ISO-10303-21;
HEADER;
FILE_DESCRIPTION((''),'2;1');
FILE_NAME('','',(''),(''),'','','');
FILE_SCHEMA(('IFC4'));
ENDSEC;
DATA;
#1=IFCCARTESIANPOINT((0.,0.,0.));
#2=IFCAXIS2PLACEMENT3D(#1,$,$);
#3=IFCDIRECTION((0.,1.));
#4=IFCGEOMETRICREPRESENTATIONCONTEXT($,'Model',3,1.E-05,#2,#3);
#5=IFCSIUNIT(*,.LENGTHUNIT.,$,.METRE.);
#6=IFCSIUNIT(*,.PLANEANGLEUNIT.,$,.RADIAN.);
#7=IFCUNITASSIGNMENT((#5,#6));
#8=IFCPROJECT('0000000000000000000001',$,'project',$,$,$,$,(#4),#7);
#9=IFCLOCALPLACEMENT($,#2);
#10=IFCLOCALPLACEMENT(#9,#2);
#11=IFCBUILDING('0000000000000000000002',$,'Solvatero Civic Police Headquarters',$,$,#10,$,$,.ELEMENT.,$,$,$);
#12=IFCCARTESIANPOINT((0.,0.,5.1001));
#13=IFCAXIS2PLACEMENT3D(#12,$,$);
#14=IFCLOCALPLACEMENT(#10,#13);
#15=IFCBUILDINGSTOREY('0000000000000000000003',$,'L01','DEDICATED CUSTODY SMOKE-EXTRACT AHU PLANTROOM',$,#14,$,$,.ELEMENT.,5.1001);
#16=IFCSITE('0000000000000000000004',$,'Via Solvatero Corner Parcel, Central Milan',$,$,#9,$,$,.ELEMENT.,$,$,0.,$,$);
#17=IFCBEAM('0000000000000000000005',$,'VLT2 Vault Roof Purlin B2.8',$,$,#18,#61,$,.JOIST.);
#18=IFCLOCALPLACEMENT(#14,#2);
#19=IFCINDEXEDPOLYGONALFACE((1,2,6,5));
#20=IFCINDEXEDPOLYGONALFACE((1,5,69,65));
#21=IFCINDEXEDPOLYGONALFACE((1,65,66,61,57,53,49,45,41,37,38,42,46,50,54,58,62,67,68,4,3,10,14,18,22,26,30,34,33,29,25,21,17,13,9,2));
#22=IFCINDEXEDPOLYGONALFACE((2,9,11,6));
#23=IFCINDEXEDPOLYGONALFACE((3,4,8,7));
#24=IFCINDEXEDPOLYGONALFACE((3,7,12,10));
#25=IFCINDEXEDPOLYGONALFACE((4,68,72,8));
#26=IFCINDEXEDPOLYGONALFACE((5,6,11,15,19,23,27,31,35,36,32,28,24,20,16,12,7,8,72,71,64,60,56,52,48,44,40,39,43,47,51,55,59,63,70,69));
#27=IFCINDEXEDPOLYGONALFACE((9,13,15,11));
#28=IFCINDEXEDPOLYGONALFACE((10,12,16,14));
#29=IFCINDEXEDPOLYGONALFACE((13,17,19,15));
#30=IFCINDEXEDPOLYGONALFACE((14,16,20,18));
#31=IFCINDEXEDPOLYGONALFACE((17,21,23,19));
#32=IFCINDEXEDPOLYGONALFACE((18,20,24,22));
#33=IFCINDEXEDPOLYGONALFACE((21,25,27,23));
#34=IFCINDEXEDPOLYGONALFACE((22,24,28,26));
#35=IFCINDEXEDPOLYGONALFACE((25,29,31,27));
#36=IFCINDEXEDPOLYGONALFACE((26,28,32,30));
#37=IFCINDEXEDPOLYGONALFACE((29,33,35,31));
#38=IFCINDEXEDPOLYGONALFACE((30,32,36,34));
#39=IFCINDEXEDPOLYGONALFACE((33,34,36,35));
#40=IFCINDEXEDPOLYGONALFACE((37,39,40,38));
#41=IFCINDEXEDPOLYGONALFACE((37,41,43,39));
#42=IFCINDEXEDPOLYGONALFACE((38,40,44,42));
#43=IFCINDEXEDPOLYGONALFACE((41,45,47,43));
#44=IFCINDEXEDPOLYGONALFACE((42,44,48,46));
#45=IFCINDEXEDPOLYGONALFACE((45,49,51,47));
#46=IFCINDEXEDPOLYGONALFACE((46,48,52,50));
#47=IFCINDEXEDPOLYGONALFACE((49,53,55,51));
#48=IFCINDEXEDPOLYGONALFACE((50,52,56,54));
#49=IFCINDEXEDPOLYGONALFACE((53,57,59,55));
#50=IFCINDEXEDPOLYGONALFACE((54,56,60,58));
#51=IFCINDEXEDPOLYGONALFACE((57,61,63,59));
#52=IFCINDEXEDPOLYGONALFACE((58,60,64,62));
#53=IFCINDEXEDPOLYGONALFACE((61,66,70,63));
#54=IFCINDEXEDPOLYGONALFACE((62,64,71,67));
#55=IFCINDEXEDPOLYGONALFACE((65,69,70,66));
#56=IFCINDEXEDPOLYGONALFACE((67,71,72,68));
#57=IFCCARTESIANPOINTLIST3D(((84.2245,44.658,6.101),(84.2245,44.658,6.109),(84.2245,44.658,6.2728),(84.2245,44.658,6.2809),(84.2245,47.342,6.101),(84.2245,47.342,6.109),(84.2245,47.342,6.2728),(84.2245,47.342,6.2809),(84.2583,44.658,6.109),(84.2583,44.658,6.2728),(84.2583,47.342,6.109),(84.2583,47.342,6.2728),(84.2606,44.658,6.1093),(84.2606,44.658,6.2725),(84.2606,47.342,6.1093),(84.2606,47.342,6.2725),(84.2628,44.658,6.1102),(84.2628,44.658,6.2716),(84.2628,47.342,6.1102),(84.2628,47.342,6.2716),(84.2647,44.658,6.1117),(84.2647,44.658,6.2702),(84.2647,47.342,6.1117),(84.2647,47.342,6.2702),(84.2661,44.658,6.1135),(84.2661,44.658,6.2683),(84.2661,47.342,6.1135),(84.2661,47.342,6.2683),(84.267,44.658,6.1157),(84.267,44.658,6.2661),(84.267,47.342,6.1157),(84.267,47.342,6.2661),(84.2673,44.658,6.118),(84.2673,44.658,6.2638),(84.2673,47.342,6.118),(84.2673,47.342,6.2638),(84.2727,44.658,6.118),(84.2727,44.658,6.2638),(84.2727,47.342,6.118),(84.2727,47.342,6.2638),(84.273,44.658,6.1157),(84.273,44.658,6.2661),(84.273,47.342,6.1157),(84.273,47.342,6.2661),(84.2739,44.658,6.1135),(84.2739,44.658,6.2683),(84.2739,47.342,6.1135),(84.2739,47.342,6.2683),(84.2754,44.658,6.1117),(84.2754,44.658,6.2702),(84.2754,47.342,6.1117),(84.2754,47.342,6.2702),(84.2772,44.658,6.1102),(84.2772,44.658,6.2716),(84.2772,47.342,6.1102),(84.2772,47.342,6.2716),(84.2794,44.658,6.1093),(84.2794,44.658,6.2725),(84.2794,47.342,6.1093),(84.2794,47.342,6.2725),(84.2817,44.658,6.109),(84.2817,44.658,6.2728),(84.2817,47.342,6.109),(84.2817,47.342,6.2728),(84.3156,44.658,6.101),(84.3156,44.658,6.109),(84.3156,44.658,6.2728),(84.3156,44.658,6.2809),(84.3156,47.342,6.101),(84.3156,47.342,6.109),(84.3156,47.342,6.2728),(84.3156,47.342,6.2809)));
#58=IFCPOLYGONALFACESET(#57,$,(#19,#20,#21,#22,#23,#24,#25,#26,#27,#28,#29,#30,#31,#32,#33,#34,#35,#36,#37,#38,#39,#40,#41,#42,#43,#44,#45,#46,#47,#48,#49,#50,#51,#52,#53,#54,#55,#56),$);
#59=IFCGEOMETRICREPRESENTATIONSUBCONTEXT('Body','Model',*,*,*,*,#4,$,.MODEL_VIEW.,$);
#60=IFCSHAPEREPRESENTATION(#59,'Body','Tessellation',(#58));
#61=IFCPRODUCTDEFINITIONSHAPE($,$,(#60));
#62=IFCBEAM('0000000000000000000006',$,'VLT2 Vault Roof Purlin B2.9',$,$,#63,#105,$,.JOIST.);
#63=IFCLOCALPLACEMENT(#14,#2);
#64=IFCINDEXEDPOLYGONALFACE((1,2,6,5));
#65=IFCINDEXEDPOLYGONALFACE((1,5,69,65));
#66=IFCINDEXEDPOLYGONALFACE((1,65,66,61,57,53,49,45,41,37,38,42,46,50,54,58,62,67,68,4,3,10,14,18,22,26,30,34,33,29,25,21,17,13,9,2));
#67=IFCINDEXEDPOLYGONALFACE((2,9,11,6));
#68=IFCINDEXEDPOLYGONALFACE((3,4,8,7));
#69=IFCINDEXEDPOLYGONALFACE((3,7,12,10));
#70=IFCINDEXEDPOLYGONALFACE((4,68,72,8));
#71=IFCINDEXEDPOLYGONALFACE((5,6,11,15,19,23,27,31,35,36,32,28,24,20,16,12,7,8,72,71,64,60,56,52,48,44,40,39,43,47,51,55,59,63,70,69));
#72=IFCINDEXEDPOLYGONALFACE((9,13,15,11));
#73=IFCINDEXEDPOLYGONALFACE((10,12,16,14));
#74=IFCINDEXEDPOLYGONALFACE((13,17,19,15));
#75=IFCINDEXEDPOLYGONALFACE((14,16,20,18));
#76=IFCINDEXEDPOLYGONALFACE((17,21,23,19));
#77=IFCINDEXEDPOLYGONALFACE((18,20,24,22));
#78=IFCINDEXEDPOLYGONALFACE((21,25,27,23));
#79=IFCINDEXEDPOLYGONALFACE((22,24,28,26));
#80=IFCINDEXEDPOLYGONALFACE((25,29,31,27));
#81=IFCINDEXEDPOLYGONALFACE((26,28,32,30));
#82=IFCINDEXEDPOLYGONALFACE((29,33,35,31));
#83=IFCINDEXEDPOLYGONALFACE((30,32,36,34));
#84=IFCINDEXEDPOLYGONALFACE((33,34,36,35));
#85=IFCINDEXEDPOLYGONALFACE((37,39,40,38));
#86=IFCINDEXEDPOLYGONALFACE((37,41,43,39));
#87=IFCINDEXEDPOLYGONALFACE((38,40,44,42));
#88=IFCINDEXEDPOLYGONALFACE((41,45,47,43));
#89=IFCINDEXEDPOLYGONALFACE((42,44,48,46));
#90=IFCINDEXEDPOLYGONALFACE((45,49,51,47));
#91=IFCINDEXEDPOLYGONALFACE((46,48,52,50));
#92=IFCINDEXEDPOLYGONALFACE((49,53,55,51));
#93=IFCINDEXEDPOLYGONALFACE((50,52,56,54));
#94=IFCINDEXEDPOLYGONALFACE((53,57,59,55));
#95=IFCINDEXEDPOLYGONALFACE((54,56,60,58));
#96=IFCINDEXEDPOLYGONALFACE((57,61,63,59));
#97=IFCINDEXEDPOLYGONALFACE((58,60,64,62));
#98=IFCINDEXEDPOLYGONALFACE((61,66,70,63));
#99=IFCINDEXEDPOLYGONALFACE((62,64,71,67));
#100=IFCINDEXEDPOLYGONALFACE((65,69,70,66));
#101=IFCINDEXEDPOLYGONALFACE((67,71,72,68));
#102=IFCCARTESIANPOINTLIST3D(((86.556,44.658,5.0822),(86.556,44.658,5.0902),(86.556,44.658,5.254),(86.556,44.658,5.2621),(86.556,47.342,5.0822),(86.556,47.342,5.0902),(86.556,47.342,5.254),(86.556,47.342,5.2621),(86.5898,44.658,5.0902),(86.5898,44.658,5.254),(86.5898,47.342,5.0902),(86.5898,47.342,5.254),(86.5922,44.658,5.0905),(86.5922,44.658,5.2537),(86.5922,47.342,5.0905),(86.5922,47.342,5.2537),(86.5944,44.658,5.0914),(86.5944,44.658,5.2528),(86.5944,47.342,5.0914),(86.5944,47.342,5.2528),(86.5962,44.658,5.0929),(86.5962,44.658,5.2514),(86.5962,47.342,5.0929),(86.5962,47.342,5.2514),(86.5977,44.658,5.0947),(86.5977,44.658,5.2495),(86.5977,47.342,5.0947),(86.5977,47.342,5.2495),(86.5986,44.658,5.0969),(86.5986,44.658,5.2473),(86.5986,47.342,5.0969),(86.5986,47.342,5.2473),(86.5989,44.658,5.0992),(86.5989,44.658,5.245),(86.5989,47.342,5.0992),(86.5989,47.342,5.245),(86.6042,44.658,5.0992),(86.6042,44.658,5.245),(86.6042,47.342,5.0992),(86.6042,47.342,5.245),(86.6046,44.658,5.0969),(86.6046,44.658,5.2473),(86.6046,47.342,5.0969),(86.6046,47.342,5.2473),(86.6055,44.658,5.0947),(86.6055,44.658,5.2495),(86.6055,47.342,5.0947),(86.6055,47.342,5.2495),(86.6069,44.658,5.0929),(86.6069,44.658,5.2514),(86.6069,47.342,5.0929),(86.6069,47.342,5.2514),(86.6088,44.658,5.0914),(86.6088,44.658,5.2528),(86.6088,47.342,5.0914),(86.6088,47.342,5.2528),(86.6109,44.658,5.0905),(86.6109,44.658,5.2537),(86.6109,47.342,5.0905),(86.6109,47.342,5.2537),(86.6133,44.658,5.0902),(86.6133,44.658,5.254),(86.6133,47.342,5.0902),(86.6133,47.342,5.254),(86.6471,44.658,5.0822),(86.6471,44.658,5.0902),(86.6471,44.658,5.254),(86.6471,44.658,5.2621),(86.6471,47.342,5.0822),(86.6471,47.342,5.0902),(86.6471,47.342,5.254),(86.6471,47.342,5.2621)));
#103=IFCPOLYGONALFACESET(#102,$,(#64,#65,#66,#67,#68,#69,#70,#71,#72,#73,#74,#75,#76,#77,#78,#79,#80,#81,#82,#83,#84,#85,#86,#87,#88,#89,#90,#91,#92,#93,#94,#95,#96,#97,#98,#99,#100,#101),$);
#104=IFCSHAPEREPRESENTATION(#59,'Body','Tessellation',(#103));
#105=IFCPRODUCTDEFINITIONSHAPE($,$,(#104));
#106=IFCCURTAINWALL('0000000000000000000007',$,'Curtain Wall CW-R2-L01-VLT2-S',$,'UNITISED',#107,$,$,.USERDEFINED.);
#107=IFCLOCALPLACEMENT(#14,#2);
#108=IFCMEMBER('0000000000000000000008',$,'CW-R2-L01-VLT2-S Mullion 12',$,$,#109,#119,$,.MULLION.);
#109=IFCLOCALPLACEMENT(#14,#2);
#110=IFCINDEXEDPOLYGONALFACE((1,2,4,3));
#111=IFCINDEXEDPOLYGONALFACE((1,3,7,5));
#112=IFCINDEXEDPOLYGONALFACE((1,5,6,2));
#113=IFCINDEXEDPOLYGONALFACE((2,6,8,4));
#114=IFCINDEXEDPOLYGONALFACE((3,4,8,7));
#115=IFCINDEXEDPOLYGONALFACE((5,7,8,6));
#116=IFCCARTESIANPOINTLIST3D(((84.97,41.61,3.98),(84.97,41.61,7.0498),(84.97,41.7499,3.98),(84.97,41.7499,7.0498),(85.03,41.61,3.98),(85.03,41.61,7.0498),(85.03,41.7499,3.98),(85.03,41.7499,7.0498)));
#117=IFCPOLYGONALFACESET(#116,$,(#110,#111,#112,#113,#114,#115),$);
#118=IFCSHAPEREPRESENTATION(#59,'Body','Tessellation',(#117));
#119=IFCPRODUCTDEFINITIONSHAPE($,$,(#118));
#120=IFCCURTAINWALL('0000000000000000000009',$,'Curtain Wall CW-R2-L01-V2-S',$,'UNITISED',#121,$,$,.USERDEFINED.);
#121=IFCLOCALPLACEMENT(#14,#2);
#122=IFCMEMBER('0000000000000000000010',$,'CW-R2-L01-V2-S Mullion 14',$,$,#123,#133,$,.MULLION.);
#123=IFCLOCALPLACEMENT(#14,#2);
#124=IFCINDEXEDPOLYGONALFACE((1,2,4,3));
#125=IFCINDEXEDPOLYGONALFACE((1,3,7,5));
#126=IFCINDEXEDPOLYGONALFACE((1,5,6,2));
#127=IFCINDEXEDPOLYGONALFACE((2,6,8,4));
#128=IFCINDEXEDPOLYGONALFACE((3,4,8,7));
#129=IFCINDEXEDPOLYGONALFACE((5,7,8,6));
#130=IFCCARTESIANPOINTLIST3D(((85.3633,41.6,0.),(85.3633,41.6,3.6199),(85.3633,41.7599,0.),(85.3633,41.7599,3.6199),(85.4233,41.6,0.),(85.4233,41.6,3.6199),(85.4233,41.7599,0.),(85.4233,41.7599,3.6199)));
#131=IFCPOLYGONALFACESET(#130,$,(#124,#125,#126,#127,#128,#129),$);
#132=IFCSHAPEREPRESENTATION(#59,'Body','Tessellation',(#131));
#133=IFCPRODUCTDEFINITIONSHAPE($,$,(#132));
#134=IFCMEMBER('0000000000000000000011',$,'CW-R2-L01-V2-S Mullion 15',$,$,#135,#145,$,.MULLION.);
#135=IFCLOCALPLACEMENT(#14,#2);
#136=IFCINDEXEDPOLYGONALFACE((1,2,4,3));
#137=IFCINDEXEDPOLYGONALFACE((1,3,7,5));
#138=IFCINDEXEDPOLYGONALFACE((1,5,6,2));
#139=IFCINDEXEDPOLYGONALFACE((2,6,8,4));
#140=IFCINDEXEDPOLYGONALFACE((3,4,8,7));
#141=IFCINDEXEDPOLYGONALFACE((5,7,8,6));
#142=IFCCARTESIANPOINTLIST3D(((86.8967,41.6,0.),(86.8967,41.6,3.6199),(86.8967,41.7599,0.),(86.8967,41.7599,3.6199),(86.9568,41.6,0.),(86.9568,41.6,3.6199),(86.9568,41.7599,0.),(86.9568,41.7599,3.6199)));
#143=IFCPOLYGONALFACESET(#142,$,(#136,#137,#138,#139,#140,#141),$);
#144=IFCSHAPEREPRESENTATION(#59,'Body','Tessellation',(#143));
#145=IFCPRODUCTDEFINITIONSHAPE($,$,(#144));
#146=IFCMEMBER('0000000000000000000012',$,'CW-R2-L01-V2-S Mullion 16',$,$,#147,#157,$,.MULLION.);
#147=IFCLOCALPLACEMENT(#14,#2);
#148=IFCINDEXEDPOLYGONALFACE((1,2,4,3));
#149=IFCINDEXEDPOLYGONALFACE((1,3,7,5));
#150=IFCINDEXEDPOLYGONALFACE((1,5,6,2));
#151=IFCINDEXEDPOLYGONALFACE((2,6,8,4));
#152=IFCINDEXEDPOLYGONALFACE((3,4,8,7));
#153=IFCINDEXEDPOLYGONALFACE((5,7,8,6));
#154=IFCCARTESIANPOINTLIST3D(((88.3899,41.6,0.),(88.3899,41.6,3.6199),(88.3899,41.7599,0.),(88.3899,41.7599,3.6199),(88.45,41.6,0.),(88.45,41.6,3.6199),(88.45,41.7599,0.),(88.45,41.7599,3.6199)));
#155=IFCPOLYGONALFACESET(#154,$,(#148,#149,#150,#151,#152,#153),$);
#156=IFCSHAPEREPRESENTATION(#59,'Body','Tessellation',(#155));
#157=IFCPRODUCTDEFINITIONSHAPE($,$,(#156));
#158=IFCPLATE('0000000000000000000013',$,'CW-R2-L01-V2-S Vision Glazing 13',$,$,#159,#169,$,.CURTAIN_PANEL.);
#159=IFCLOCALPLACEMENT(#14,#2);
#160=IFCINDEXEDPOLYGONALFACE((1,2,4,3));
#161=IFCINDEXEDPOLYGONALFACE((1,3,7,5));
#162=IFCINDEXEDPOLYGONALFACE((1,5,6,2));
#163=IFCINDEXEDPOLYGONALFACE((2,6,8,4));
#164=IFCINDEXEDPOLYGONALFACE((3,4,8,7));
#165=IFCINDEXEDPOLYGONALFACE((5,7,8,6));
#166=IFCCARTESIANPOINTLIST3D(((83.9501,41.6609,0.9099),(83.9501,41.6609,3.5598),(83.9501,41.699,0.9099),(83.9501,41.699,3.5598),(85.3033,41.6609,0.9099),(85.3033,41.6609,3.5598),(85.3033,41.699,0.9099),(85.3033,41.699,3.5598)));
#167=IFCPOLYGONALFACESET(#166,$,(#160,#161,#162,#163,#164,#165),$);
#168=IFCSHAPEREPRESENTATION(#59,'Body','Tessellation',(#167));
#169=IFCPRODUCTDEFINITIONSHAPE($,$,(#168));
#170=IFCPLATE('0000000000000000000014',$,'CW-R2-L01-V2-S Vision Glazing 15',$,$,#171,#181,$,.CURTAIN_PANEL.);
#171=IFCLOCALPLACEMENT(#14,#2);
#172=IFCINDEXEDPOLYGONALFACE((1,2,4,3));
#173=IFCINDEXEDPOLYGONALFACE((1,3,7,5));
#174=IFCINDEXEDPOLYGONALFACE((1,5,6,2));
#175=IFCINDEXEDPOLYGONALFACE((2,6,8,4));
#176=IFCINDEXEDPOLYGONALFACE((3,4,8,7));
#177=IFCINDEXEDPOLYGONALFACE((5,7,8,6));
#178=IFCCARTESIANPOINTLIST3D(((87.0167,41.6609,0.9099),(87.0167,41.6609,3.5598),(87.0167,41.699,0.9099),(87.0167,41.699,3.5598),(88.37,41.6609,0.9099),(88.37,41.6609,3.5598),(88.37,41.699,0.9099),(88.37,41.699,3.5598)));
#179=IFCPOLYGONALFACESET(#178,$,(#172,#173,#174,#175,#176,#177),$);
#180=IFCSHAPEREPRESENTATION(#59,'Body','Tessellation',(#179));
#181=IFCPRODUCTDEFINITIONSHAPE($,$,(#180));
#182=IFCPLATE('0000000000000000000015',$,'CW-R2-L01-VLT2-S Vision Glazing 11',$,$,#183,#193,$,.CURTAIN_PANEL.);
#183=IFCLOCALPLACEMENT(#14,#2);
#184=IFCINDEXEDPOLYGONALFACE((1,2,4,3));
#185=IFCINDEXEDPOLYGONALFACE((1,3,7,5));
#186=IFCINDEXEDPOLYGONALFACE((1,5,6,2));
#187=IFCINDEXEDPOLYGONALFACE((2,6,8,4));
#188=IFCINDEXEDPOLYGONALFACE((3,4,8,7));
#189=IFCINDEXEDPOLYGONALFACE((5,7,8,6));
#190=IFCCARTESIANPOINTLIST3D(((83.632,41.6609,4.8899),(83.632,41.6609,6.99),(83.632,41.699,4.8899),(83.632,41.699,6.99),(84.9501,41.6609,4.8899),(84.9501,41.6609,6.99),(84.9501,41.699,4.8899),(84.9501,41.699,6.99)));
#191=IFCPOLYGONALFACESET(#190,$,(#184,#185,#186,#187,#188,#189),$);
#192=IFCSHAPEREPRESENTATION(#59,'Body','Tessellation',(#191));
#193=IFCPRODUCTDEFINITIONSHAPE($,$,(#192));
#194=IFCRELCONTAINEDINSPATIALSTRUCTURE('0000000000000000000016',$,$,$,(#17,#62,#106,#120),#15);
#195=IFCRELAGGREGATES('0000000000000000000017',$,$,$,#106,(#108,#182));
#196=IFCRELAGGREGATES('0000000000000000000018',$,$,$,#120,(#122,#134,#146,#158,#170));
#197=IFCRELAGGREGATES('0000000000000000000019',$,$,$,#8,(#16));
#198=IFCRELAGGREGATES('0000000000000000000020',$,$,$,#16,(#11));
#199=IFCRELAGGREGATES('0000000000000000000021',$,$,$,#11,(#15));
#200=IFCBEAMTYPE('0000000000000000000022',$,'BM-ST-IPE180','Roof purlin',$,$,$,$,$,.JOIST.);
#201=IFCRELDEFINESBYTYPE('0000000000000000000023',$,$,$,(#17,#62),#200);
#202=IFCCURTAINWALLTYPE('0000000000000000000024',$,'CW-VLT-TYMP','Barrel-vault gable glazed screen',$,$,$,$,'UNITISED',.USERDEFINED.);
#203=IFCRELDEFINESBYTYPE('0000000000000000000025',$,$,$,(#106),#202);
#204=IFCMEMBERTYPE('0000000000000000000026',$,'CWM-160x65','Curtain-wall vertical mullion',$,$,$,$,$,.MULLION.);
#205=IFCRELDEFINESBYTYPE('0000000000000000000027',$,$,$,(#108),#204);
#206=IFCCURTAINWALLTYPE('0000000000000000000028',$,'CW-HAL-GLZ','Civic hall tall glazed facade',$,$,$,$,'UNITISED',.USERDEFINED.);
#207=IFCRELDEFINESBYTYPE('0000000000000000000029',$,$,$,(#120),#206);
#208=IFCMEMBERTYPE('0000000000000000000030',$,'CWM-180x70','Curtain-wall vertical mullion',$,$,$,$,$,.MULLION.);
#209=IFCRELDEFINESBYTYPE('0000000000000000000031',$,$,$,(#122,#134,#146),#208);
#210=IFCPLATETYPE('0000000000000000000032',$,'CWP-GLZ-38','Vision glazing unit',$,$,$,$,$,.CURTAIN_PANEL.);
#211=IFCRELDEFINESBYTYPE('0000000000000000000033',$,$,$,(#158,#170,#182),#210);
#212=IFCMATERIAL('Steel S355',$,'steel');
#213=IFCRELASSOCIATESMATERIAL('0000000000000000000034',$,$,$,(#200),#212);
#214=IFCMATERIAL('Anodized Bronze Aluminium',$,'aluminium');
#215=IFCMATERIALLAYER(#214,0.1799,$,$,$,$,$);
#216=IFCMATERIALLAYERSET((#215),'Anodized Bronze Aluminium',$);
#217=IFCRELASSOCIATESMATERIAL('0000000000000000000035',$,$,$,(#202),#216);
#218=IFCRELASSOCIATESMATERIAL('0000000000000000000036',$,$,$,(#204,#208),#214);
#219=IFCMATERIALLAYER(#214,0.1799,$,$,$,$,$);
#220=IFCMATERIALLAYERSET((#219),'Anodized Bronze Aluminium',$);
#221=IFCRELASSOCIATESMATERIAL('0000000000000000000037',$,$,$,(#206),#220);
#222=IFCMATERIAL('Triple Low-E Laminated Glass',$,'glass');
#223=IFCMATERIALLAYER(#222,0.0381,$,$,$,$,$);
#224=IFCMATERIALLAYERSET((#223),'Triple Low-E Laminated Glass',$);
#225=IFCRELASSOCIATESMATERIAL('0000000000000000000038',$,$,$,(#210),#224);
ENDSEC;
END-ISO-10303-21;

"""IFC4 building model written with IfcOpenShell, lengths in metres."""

from ifc_helpers import new_model, si_unit, direction, frame, origin, origin_2d, place, context, subcontext, project, spatial, rectangle, i_section, extrude, material, layer, layer_set, material_profile, profile_set, type_object, element, aggregate, save


model = new_model("IFC4")

# Units and contexts
model_context = context("Model", 3, precision=1e-05, world=origin(), true_north=direction((0.0, 1.0)))
body_context = subcontext(model_context, "Body", "Model", "MODEL_VIEW")
ifc_project = project(units=[si_unit("LENGTHUNIT", "METRE"), si_unit("PLANEANGLEUNIT", "RADIAN")], contexts=[model_context])

# Site, building, storey
site_placement = place(None, origin())
site = spatial("IfcSite", under=ifc_project, at=site_placement, Name="Via Solvatero Corner Parcel, Central Milan", CompositionType="ELEMENT", RefElevation=0.0)
building_placement = place(site_placement, origin())
building = spatial("IfcBuilding", under=site, at=building_placement, Name="Solvatero Civic Police Headquarters", CompositionType="ELEMENT")
storey_placement = place(building_placement, frame((0.0, 0.0, 5.1001)))
storey = spatial("IfcBuildingStorey", under=building, at=storey_placement, Name="L01", Description="DEDICATED CUSTODY SMOKE-EXTRACT AHU PLANTROOM", CompositionType="ELEMENT", Elevation=5.1001)

# Shared definitions
ifc_material_1 = material(Name="Steel S355", Category="steel")

# Beams
ifc_material_profile_1 = material_profile(ifc_material_1, i_section(OverallWidth=0.0911, OverallDepth=0.1799, WebThickness=0.0054, FlangeThickness=0.0081, FilletRadius=0.009, at=origin_2d()), Name="IPE 180")
ifc_profile_set_1 = profile_set([ifc_material_profile_1], Name="Steel S355")
beam_type_1 = type_object("IfcBeamType", Name="BM-ST-IPE180", Description="Roof purlin", PredefinedType="JOIST", material=ifc_profile_set_1)
for number, where, z_axis, x_axis, name in (
    (1, (84.27, 44.658, 6.1909), (0.0, 1.0, 0.0), (-1.0, 0.0, 0.0), "VLT2 Vault Roof Purlin B2.8"),
    (2, (86.6016, 44.658, 5.1721), (0.0, 1.0, 0.0), (-1.0, 0.0, 0.0), "VLT2 Vault Roof Purlin B2.9"),
):
    element("IfcBeam", number, at=place(storey_placement, frame(where, z_axis=z_axis, x_axis=x_axis)), inside=storey, type_object=beam_type_1, Name=name, PredefinedType="JOIST", context=body_context, shape_type="SweptSolid", body=[
        extrude(i_section(OverallWidth=0.0911, OverallDepth=0.1799, WebThickness=0.0054, FlangeThickness=0.0081, FilletRadius=0.009, at=origin_2d()), origin(), (0.0, 0.0, 1.0), 2.6841),
    ])

# Curtain wall, member
ifc_material_2 = material(Name="Anodized Bronze Aluminium", Category="aluminium")
ifc_layer_1 = layer(ifc_material_2, 0.1799)
ifc_layer_set_1 = layer_set([ifc_layer_1], Name="Anodized Bronze Aluminium")
curtain_wall_type_1 = type_object("IfcCurtainWallType", Name="CW-VLT-TYMP", Description="Barrel-vault gable glazed screen", ElementType="UNITISED", PredefinedType="USERDEFINED", material=ifc_layer_set_1)
curtain_wall_1_placement = place(storey_placement, origin())
curtain_wall_1 = element("IfcCurtainWall", 3, at=curtain_wall_1_placement, inside=storey, type_object=curtain_wall_type_1, Name="Curtain Wall CW-R2-L01-VLT2-S", ObjectType="UNITISED", PredefinedType="USERDEFINED")
ifc_material_profile_2 = material_profile(ifc_material_2, rectangle(XDim=0.0601, YDim=0.1399, at=origin_2d()), Name="ALU MULLION 60x140")
ifc_profile_set_2 = profile_set([ifc_material_profile_2], Name="Anodized Bronze Aluminium")
member_type_1 = type_object("IfcMemberType", Name="CWM-160x65", Description="Curtain-wall vertical mullion", PredefinedType="MULLION", material=ifc_profile_set_2)
member_1_placement = place(storey_placement, frame((85.0, 41.6799, 3.98), z_axis=(0.0, 0.0, 1.0), x_axis=(1.0, 0.0, 0.0)))
member_1 = element("IfcMember", 4, at=member_1_placement, type_object=member_type_1, Name="CW-R2-L01-VLT2-S Mullion 12", PredefinedType="MULLION", context=body_context, shape_type="SweptSolid", body=[
    extrude(rectangle(XDim=0.0601, YDim=0.1399, at=origin_2d()), origin(), (0.0, 0.0, 1.0), 3.0698),
])

# Curtain wall, members, plates
ifc_layer_2 = layer(ifc_material_2, 0.1799)
ifc_layer_set_2 = layer_set([ifc_layer_2], Name="Anodized Bronze Aluminium")
curtain_wall_type_2 = type_object("IfcCurtainWallType", Name="CW-HAL-GLZ", Description="Civic hall tall glazed facade", ElementType="UNITISED", PredefinedType="USERDEFINED", material=ifc_layer_set_2)
curtain_wall_2_placement = place(storey_placement, origin())
curtain_wall_2 = element("IfcCurtainWall", 5, at=curtain_wall_2_placement, inside=storey, type_object=curtain_wall_type_2, Name="Curtain Wall CW-R2-L01-V2-S", ObjectType="UNITISED", PredefinedType="USERDEFINED")
ifc_material_profile_3 = material_profile(ifc_material_2, rectangle(XDim=0.0601, YDim=0.1599, at=origin_2d()), Name="ALU MULLION 60x160")
ifc_profile_set_3 = profile_set([ifc_material_profile_3], Name="Anodized Bronze Aluminium")
member_type_2 = type_object("IfcMemberType", Name="CWM-180x70", Description="Curtain-wall vertical mullion", PredefinedType="MULLION", material=ifc_profile_set_3)
member_2_placement = place(storey_placement, frame((85.3933, 41.6799, 0.0), z_axis=(0.0, 0.0, 1.0), x_axis=(1.0, 0.0, 0.0)))
member_2 = element("IfcMember", 6, at=member_2_placement, type_object=member_type_2, Name="CW-R2-L01-V2-S Mullion 14", PredefinedType="MULLION", context=body_context, shape_type="SweptSolid", body=[
    extrude(rectangle(XDim=0.0601, YDim=0.1599, at=origin_2d()), origin(), (0.0, 0.0, 1.0), 3.6199),
])
member_3_placement = place(storey_placement, frame((86.9268, 41.6799, 0.0), z_axis=(0.0, 0.0, 1.0), x_axis=(1.0, 0.0, 0.0)))
member_3 = element("IfcMember", 7, at=member_3_placement, type_object=member_type_2, Name="CW-R2-L01-V2-S Mullion 15", PredefinedType="MULLION", context=body_context, shape_type="SweptSolid", body=[
    extrude(rectangle(XDim=0.0601, YDim=0.1599, at=origin_2d()), origin(), (0.0, 0.0, 1.0), 3.6199),
])
member_4_placement = place(storey_placement, frame((88.4199, 41.6799, 0.0), z_axis=(0.0, 0.0, 1.0), x_axis=(1.0, 0.0, 0.0)))
member_4 = element("IfcMember", 8, at=member_4_placement, type_object=member_type_2, Name="CW-R2-L01-V2-S Mullion 16", PredefinedType="MULLION", context=body_context, shape_type="SweptSolid", body=[
    extrude(rectangle(XDim=0.0601, YDim=0.1599, at=origin_2d()), origin(), (0.0, 0.0, 1.0), 3.6199),
])
ifc_material_3 = material(Name="Triple Low-E Laminated Glass", Category="glass")
ifc_layer_3 = layer(ifc_material_3, 0.0381)
ifc_layer_set_3 = layer_set([ifc_layer_3], Name="Triple Low-E Laminated Glass")
plate_type_1 = type_object("IfcPlateType", Name="CWP-GLZ-38", Description="Vision glazing unit", PredefinedType="CURTAIN_PANEL", material=ifc_layer_set_3)
plate_1_placement = place(storey_placement, frame((84.6267, 41.6799, 0.9099), z_axis=(0.0, 0.0, 1.0), x_axis=(1.0, 0.0, 0.0)))
plate_1 = element("IfcPlate", 9, at=plate_1_placement, type_object=plate_type_1, Name="CW-R2-L01-V2-S Vision Glazing 13", PredefinedType="CURTAIN_PANEL", context=body_context, shape_type="SweptSolid", body=[
    extrude(rectangle(XDim=1.3533, YDim=0.0381, at=origin_2d()), origin(), (0.0, 0.0, 1.0), 2.6499),
])
plate_2_placement = place(storey_placement, frame((87.6934, 41.6799, 0.9099), z_axis=(0.0, 0.0, 1.0), x_axis=(1.0, 0.0, 0.0)))
plate_2 = element("IfcPlate", 10, at=plate_2_placement, type_object=plate_type_1, Name="CW-R2-L01-V2-S Vision Glazing 15", PredefinedType="CURTAIN_PANEL", context=body_context, shape_type="SweptSolid", body=[
    extrude(rectangle(XDim=1.3533, YDim=0.0381, at=origin_2d()), origin(), (0.0, 0.0, 1.0), 2.6499),
])

# Plate
plate_3_placement = place(storey_placement, frame((84.291, 41.6799, 4.8899), z_axis=(0.0, 0.0, 1.0), x_axis=(1.0, 0.0, 0.0)))
plate_3 = element("IfcPlate", 11, at=plate_3_placement, type_object=plate_type_1, Name="CW-R2-L01-VLT2-S Vision Glazing 11", PredefinedType="CURTAIN_PANEL", context=body_context, shape_type="SweptSolid", body=[
    extrude(rectangle(XDim=1.3181, YDim=0.0381, at=origin_2d()), origin(), (0.0, 0.0, 1.0), 2.1001),
])
aggregate(curtain_wall_1, [member_1, plate_3])
aggregate(curtain_wall_2, [member_2, member_3, member_4, plate_1, plate_2])

save(model, "model.ifc")
